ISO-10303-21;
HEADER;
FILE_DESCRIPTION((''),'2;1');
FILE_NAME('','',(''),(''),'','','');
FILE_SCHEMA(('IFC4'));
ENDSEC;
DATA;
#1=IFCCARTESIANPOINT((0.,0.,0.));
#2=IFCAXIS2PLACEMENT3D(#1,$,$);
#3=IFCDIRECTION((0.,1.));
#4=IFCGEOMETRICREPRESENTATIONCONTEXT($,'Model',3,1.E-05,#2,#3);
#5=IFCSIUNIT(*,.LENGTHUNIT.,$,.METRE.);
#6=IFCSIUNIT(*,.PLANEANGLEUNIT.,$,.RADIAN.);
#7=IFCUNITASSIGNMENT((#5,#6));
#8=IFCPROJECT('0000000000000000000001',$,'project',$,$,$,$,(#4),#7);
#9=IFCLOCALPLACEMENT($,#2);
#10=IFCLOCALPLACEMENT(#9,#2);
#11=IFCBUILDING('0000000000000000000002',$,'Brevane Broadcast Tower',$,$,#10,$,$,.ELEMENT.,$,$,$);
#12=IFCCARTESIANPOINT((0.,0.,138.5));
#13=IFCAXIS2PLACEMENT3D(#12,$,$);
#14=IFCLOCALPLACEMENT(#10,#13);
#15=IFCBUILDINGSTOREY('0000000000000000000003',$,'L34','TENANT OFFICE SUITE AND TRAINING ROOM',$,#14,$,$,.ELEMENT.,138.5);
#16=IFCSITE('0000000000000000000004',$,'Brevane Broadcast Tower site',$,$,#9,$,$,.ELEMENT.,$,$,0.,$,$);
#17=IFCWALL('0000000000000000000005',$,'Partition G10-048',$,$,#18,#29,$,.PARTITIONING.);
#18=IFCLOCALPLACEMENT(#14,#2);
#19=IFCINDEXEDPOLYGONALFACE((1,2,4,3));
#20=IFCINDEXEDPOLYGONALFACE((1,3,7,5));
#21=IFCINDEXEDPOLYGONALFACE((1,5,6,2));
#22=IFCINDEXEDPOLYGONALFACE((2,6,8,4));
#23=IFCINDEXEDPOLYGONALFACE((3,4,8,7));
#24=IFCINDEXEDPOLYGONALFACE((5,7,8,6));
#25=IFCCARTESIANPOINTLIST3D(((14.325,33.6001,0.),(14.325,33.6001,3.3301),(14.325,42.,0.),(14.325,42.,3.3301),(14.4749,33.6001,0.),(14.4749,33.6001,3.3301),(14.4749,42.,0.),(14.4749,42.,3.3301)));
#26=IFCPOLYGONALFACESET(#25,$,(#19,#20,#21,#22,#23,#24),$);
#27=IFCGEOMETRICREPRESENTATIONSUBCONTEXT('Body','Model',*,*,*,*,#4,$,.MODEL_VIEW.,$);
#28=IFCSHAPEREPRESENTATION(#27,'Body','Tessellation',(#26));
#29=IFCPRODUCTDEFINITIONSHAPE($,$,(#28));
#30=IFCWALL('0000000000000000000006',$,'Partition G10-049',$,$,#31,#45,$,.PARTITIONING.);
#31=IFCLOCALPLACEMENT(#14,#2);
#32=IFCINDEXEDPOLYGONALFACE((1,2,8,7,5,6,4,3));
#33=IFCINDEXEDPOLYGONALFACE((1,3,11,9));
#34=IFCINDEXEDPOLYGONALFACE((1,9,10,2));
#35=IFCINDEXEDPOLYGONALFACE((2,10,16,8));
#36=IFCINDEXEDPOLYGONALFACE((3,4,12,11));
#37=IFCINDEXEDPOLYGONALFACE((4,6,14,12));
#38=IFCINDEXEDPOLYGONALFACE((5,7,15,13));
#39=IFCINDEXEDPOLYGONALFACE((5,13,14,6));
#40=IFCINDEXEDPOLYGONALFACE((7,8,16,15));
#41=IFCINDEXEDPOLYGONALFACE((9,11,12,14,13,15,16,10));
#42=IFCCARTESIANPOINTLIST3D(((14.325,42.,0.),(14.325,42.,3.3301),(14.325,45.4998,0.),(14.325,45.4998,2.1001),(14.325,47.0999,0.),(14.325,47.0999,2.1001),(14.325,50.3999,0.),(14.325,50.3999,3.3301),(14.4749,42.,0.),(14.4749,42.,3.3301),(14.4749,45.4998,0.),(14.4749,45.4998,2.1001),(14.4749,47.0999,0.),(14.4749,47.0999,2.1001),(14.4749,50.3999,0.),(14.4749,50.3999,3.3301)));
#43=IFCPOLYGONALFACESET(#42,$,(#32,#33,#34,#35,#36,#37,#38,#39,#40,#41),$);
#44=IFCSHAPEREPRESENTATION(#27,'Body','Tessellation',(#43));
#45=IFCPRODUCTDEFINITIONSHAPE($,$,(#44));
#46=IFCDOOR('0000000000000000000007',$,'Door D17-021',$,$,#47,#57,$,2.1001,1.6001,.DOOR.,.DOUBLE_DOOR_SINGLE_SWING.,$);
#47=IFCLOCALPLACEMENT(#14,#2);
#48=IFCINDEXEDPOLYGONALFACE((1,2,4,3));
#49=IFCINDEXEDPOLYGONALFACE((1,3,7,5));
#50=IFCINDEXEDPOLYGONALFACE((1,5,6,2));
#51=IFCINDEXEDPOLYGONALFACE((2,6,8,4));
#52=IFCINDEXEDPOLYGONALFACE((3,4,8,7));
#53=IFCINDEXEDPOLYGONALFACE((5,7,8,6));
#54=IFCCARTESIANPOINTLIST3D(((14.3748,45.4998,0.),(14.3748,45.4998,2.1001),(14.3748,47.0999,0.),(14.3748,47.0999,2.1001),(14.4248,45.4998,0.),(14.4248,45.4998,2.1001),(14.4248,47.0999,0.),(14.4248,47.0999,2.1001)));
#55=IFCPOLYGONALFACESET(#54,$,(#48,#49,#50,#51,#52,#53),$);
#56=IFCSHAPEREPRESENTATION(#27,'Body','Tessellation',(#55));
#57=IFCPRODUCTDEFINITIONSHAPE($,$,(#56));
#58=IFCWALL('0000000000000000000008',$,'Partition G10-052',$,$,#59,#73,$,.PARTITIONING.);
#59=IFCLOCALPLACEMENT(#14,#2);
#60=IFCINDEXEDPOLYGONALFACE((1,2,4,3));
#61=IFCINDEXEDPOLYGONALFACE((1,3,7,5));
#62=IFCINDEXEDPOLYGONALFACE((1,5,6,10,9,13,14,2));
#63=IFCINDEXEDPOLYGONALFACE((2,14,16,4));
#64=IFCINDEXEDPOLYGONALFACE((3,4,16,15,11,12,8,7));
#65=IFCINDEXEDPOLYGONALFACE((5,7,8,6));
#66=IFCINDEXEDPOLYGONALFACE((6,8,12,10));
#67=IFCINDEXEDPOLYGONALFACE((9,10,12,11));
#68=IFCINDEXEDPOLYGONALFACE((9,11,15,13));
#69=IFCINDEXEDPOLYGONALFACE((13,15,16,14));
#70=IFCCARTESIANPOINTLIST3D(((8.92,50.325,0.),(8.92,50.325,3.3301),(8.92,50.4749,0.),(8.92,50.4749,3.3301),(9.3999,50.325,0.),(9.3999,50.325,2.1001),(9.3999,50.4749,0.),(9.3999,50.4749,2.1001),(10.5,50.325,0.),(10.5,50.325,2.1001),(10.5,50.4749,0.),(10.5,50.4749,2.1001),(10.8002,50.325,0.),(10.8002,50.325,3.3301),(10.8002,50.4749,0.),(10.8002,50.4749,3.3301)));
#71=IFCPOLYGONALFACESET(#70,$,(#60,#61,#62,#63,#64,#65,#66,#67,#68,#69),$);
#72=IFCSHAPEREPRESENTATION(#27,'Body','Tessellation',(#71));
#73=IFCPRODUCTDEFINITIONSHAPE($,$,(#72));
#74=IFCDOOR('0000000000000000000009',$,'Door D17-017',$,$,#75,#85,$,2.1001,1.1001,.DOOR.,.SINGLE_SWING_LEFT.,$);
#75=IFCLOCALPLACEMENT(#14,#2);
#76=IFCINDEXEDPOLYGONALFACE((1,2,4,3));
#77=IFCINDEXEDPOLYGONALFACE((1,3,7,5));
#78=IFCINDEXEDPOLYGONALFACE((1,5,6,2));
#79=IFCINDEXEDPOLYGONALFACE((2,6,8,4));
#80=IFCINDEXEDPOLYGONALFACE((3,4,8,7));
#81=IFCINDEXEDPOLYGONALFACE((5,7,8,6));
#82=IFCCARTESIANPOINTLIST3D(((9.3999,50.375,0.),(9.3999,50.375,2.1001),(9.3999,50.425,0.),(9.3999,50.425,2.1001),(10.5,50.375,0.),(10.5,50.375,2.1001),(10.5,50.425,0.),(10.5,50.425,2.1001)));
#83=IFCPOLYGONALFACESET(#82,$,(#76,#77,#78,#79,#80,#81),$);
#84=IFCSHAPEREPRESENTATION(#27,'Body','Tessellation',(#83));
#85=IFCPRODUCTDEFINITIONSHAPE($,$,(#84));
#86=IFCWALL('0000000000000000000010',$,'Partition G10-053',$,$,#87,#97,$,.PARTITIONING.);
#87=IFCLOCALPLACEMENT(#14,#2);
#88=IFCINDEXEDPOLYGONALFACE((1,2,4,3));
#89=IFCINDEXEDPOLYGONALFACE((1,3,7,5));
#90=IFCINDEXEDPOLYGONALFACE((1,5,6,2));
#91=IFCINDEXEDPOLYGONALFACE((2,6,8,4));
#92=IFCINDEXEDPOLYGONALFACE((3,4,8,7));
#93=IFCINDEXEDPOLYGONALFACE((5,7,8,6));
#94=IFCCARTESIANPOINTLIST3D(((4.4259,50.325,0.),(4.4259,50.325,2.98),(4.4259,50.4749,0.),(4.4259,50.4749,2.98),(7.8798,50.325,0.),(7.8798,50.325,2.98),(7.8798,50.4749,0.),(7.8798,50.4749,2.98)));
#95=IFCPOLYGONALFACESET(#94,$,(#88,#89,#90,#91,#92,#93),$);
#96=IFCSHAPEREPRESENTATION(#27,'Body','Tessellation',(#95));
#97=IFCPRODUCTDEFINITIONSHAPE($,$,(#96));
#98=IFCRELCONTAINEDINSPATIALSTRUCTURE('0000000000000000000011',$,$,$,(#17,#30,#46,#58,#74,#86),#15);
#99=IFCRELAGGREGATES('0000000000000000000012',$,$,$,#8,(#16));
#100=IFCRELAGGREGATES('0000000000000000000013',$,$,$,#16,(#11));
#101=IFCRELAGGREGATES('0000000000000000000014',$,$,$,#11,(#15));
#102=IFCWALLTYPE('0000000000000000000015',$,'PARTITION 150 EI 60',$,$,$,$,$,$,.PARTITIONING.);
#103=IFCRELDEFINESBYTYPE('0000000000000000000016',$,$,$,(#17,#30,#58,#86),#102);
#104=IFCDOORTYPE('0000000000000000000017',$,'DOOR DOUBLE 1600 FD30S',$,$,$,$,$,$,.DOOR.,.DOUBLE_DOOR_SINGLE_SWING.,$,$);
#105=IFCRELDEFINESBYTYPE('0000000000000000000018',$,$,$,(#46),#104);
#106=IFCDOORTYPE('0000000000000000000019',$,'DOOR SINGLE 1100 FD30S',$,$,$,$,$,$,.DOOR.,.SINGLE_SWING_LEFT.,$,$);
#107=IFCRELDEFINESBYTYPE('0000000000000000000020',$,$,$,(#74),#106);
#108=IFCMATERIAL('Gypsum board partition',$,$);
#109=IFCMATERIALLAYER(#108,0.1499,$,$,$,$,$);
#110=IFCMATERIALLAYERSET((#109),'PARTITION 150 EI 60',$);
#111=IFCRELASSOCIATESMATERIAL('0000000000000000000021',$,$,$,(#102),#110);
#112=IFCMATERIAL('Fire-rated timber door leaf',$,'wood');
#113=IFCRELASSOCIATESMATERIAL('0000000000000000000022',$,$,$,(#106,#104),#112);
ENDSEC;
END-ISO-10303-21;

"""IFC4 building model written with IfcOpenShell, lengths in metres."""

from ifc_helpers import new_model, si_unit, direction, frame, frame_2d, origin, place, context, subcontext, project, spatial, rectangle, extrude, material, layer, layer_set, type_object, element, fill, save


model = new_model("IFC4")

# Units and contexts
model_context = context("Model", 3, precision=1e-05, world=origin(), true_north=direction((0.0, 1.0)))
body_context = subcontext(model_context, "Body", "Model", "MODEL_VIEW")
ifc_project = project(units=[si_unit("LENGTHUNIT", "METRE"), si_unit("PLANEANGLEUNIT", "RADIAN")], contexts=[model_context])

# Site, building, storey
site_placement = place(None, origin())
site = spatial("IfcSite", under=ifc_project, at=site_placement, Name="Brevane Broadcast Tower site", CompositionType="ELEMENT", RefElevation=0.0)
building_placement = place(site_placement, origin())
building = spatial("IfcBuilding", under=site, at=building_placement, Name="Brevane Broadcast Tower", CompositionType="ELEMENT")
storey_placement = place(building_placement, frame((0.0, 0.0, 138.5)))
storey = spatial("IfcBuildingStorey", under=building, at=storey_placement, Name="L34", Description="TENANT OFFICE SUITE AND TRAINING ROOM", CompositionType="ELEMENT", Elevation=138.5)

# Shared definitions
ifc_material_1 = material(Name="Gypsum board partition")

# Shared definitions
ifc_layer_1 = layer(ifc_material_1, 0.1499)
ifc_layer_set_1 = layer_set([ifc_layer_1], Name="PARTITION 150 EI 60")
wall_type_1 = type_object("IfcWallType", Name="PARTITION 150 EI 60", PredefinedType="PARTITIONING", material=ifc_layer_set_1)

# Shared definitions
ifc_material_2 = material(Name="Fire-rated timber door leaf", Category="wood")
door_type_1 = type_object("IfcDoorType", Name="DOOR SINGLE 1100 FD30S", OperationType="SINGLE_SWING_LEFT", PredefinedType="DOOR", material=ifc_material_2)

# Wall
wall_1_placement = place(storey_placement, frame((14.3999, 42.0, 0.0), z_axis=(0.0, 0.0, 1.0), x_axis=(0.0, -1.0, 0.0)))
element("IfcWall", 1, at=wall_1_placement, inside=storey, type_object=wall_type_1, Name="Partition G10-048", PredefinedType="PARTITIONING", context=body_context, shape_type="SweptSolid", body=[
    extrude(rectangle(XDim=8.3999, YDim=0.1499, at=frame_2d((4.2, 0.0))), origin(), (0.0, 0.0, 1.0), 3.3301),
])

# Walls, openings, doors
wall_2_placement = place(storey_placement, frame((14.3999, 50.3999, 0.0), z_axis=(0.0, 0.0, 1.0), x_axis=(0.0, -1.0, 0.0)))
wall_2 = element("IfcWall", 2, at=wall_2_placement, inside=storey, type_object=wall_type_1, Name="Partition G10-049", PredefinedType="PARTITIONING", context=body_context, shape_type="SweptSolid", body=[
    extrude(rectangle(XDim=8.3999, YDim=0.1499, at=frame_2d((4.2, 0.0))), origin(), (0.0, 0.0, 1.0), 3.3301),
])
opening_1_placement = place(wall_2_placement, frame((3.3, 0.0, 0.0)))
opening_1 = element("IfcOpeningElement", 3, at=opening_1_placement, cuts=wall_2, PredefinedType="OPENING", context=body_context, shape_type="SweptSolid", body=[
    extrude(rectangle(XDim=1.6001, YDim=2.1001, at=frame_2d((0.8, 1.05))), frame((0.0, 0.085, 0.0), z_axis=(0.0, -1.0, 0.0), x_axis=(1.0, 0.0, 0.0)), (0.0, 0.0, 1.0), 0.1699),
])
door_type_2 = type_object("IfcDoorType", Name="DOOR DOUBLE 1600 FD30S", OperationType="DOUBLE_DOOR_SINGLE_SWING", PredefinedType="DOOR", material=ifc_material_2)
door_1_placement = place(opening_1_placement, origin())
door_1 = element("IfcDoor", 4, at=door_1_placement, inside=storey, type_object=door_type_2, Name="Door D17-021", OperationType="DOUBLE_DOOR_SINGLE_SWING", OverallHeight=2.1001, OverallWidth=1.6001, PredefinedType="DOOR", context=body_context, shape_type="SweptSolid", body=[
    extrude(rectangle(XDim=1.6001, YDim=2.1001, at=frame_2d((0.8, 1.05))), frame((0.0, 0.0249, 0.0), z_axis=(0.0, -1.0, 0.0), x_axis=(1.0, 0.0, 0.0)), (0.0, 0.0, 1.0), 0.05),
])
fill(opening_1, door_1)
wall_3_placement = place(storey_placement, frame((10.8, 50.3999, 0.0), z_axis=(0.0, 0.0, 1.0), x_axis=(-1.0, 0.0, 0.0)))
wall_3 = element("IfcWall", 5, at=wall_3_placement, inside=storey, type_object=wall_type_1, Name="Partition G10-052", PredefinedType="PARTITIONING", context=body_context, shape_type="SweptSolid", body=[
    extrude(rectangle(XDim=1.8801, YDim=0.1499, at=frame_2d((0.9399, 0.0))), origin(), (0.0, 0.0, 1.0), 3.3301),
])
opening_2_placement = place(wall_3_placement, frame((0.3, 0.0, 0.0)))
opening_2 = element("IfcOpeningElement", 6, at=opening_2_placement, cuts=wall_3, PredefinedType="OPENING", context=body_context, shape_type="SweptSolid", body=[
    extrude(rectangle(XDim=1.1001, YDim=2.1001, at=frame_2d((0.55, 1.05))), frame((0.0, 0.085, 0.0), z_axis=(0.0, -1.0, 0.0), x_axis=(1.0, 0.0, 0.0)), (0.0, 0.0, 1.0), 0.1699),
])
door_2_placement = place(opening_2_placement, origin())
door_2 = element("IfcDoor", 7, at=door_2_placement, inside=storey, type_object=door_type_1, Name="Door D17-017", OperationType="SINGLE_SWING_LEFT", OverallHeight=2.1001, OverallWidth=1.1001, PredefinedType="DOOR", context=body_context, shape_type="SweptSolid", body=[
    extrude(rectangle(XDim=1.1001, YDim=2.1001, at=frame_2d((0.55, 1.05))), frame((0.0, 0.0249, 0.0), z_axis=(0.0, -1.0, 0.0), x_axis=(1.0, 0.0, 0.0)), (0.0, 0.0, 1.0), 0.05),
])
fill(opening_2, door_2)

# Wall
wall_4_placement = place(storey_placement, frame((7.8799, 50.3999, 0.0), z_axis=(0.0, 0.0, 1.0), x_axis=(-1.0, 0.0, 0.0)))
element("IfcWall", 8, at=wall_4_placement, inside=storey, type_object=wall_type_1, Name="Partition G10-053", PredefinedType="PARTITIONING", context=body_context, shape_type="SweptSolid", body=[
    extrude(rectangle(XDim=3.4539, YDim=0.1499, at=frame_2d((1.7271, 0.0))), origin(), (0.0, 0.0, 1.0), 2.98),
])

save(model, "model.ifc")
